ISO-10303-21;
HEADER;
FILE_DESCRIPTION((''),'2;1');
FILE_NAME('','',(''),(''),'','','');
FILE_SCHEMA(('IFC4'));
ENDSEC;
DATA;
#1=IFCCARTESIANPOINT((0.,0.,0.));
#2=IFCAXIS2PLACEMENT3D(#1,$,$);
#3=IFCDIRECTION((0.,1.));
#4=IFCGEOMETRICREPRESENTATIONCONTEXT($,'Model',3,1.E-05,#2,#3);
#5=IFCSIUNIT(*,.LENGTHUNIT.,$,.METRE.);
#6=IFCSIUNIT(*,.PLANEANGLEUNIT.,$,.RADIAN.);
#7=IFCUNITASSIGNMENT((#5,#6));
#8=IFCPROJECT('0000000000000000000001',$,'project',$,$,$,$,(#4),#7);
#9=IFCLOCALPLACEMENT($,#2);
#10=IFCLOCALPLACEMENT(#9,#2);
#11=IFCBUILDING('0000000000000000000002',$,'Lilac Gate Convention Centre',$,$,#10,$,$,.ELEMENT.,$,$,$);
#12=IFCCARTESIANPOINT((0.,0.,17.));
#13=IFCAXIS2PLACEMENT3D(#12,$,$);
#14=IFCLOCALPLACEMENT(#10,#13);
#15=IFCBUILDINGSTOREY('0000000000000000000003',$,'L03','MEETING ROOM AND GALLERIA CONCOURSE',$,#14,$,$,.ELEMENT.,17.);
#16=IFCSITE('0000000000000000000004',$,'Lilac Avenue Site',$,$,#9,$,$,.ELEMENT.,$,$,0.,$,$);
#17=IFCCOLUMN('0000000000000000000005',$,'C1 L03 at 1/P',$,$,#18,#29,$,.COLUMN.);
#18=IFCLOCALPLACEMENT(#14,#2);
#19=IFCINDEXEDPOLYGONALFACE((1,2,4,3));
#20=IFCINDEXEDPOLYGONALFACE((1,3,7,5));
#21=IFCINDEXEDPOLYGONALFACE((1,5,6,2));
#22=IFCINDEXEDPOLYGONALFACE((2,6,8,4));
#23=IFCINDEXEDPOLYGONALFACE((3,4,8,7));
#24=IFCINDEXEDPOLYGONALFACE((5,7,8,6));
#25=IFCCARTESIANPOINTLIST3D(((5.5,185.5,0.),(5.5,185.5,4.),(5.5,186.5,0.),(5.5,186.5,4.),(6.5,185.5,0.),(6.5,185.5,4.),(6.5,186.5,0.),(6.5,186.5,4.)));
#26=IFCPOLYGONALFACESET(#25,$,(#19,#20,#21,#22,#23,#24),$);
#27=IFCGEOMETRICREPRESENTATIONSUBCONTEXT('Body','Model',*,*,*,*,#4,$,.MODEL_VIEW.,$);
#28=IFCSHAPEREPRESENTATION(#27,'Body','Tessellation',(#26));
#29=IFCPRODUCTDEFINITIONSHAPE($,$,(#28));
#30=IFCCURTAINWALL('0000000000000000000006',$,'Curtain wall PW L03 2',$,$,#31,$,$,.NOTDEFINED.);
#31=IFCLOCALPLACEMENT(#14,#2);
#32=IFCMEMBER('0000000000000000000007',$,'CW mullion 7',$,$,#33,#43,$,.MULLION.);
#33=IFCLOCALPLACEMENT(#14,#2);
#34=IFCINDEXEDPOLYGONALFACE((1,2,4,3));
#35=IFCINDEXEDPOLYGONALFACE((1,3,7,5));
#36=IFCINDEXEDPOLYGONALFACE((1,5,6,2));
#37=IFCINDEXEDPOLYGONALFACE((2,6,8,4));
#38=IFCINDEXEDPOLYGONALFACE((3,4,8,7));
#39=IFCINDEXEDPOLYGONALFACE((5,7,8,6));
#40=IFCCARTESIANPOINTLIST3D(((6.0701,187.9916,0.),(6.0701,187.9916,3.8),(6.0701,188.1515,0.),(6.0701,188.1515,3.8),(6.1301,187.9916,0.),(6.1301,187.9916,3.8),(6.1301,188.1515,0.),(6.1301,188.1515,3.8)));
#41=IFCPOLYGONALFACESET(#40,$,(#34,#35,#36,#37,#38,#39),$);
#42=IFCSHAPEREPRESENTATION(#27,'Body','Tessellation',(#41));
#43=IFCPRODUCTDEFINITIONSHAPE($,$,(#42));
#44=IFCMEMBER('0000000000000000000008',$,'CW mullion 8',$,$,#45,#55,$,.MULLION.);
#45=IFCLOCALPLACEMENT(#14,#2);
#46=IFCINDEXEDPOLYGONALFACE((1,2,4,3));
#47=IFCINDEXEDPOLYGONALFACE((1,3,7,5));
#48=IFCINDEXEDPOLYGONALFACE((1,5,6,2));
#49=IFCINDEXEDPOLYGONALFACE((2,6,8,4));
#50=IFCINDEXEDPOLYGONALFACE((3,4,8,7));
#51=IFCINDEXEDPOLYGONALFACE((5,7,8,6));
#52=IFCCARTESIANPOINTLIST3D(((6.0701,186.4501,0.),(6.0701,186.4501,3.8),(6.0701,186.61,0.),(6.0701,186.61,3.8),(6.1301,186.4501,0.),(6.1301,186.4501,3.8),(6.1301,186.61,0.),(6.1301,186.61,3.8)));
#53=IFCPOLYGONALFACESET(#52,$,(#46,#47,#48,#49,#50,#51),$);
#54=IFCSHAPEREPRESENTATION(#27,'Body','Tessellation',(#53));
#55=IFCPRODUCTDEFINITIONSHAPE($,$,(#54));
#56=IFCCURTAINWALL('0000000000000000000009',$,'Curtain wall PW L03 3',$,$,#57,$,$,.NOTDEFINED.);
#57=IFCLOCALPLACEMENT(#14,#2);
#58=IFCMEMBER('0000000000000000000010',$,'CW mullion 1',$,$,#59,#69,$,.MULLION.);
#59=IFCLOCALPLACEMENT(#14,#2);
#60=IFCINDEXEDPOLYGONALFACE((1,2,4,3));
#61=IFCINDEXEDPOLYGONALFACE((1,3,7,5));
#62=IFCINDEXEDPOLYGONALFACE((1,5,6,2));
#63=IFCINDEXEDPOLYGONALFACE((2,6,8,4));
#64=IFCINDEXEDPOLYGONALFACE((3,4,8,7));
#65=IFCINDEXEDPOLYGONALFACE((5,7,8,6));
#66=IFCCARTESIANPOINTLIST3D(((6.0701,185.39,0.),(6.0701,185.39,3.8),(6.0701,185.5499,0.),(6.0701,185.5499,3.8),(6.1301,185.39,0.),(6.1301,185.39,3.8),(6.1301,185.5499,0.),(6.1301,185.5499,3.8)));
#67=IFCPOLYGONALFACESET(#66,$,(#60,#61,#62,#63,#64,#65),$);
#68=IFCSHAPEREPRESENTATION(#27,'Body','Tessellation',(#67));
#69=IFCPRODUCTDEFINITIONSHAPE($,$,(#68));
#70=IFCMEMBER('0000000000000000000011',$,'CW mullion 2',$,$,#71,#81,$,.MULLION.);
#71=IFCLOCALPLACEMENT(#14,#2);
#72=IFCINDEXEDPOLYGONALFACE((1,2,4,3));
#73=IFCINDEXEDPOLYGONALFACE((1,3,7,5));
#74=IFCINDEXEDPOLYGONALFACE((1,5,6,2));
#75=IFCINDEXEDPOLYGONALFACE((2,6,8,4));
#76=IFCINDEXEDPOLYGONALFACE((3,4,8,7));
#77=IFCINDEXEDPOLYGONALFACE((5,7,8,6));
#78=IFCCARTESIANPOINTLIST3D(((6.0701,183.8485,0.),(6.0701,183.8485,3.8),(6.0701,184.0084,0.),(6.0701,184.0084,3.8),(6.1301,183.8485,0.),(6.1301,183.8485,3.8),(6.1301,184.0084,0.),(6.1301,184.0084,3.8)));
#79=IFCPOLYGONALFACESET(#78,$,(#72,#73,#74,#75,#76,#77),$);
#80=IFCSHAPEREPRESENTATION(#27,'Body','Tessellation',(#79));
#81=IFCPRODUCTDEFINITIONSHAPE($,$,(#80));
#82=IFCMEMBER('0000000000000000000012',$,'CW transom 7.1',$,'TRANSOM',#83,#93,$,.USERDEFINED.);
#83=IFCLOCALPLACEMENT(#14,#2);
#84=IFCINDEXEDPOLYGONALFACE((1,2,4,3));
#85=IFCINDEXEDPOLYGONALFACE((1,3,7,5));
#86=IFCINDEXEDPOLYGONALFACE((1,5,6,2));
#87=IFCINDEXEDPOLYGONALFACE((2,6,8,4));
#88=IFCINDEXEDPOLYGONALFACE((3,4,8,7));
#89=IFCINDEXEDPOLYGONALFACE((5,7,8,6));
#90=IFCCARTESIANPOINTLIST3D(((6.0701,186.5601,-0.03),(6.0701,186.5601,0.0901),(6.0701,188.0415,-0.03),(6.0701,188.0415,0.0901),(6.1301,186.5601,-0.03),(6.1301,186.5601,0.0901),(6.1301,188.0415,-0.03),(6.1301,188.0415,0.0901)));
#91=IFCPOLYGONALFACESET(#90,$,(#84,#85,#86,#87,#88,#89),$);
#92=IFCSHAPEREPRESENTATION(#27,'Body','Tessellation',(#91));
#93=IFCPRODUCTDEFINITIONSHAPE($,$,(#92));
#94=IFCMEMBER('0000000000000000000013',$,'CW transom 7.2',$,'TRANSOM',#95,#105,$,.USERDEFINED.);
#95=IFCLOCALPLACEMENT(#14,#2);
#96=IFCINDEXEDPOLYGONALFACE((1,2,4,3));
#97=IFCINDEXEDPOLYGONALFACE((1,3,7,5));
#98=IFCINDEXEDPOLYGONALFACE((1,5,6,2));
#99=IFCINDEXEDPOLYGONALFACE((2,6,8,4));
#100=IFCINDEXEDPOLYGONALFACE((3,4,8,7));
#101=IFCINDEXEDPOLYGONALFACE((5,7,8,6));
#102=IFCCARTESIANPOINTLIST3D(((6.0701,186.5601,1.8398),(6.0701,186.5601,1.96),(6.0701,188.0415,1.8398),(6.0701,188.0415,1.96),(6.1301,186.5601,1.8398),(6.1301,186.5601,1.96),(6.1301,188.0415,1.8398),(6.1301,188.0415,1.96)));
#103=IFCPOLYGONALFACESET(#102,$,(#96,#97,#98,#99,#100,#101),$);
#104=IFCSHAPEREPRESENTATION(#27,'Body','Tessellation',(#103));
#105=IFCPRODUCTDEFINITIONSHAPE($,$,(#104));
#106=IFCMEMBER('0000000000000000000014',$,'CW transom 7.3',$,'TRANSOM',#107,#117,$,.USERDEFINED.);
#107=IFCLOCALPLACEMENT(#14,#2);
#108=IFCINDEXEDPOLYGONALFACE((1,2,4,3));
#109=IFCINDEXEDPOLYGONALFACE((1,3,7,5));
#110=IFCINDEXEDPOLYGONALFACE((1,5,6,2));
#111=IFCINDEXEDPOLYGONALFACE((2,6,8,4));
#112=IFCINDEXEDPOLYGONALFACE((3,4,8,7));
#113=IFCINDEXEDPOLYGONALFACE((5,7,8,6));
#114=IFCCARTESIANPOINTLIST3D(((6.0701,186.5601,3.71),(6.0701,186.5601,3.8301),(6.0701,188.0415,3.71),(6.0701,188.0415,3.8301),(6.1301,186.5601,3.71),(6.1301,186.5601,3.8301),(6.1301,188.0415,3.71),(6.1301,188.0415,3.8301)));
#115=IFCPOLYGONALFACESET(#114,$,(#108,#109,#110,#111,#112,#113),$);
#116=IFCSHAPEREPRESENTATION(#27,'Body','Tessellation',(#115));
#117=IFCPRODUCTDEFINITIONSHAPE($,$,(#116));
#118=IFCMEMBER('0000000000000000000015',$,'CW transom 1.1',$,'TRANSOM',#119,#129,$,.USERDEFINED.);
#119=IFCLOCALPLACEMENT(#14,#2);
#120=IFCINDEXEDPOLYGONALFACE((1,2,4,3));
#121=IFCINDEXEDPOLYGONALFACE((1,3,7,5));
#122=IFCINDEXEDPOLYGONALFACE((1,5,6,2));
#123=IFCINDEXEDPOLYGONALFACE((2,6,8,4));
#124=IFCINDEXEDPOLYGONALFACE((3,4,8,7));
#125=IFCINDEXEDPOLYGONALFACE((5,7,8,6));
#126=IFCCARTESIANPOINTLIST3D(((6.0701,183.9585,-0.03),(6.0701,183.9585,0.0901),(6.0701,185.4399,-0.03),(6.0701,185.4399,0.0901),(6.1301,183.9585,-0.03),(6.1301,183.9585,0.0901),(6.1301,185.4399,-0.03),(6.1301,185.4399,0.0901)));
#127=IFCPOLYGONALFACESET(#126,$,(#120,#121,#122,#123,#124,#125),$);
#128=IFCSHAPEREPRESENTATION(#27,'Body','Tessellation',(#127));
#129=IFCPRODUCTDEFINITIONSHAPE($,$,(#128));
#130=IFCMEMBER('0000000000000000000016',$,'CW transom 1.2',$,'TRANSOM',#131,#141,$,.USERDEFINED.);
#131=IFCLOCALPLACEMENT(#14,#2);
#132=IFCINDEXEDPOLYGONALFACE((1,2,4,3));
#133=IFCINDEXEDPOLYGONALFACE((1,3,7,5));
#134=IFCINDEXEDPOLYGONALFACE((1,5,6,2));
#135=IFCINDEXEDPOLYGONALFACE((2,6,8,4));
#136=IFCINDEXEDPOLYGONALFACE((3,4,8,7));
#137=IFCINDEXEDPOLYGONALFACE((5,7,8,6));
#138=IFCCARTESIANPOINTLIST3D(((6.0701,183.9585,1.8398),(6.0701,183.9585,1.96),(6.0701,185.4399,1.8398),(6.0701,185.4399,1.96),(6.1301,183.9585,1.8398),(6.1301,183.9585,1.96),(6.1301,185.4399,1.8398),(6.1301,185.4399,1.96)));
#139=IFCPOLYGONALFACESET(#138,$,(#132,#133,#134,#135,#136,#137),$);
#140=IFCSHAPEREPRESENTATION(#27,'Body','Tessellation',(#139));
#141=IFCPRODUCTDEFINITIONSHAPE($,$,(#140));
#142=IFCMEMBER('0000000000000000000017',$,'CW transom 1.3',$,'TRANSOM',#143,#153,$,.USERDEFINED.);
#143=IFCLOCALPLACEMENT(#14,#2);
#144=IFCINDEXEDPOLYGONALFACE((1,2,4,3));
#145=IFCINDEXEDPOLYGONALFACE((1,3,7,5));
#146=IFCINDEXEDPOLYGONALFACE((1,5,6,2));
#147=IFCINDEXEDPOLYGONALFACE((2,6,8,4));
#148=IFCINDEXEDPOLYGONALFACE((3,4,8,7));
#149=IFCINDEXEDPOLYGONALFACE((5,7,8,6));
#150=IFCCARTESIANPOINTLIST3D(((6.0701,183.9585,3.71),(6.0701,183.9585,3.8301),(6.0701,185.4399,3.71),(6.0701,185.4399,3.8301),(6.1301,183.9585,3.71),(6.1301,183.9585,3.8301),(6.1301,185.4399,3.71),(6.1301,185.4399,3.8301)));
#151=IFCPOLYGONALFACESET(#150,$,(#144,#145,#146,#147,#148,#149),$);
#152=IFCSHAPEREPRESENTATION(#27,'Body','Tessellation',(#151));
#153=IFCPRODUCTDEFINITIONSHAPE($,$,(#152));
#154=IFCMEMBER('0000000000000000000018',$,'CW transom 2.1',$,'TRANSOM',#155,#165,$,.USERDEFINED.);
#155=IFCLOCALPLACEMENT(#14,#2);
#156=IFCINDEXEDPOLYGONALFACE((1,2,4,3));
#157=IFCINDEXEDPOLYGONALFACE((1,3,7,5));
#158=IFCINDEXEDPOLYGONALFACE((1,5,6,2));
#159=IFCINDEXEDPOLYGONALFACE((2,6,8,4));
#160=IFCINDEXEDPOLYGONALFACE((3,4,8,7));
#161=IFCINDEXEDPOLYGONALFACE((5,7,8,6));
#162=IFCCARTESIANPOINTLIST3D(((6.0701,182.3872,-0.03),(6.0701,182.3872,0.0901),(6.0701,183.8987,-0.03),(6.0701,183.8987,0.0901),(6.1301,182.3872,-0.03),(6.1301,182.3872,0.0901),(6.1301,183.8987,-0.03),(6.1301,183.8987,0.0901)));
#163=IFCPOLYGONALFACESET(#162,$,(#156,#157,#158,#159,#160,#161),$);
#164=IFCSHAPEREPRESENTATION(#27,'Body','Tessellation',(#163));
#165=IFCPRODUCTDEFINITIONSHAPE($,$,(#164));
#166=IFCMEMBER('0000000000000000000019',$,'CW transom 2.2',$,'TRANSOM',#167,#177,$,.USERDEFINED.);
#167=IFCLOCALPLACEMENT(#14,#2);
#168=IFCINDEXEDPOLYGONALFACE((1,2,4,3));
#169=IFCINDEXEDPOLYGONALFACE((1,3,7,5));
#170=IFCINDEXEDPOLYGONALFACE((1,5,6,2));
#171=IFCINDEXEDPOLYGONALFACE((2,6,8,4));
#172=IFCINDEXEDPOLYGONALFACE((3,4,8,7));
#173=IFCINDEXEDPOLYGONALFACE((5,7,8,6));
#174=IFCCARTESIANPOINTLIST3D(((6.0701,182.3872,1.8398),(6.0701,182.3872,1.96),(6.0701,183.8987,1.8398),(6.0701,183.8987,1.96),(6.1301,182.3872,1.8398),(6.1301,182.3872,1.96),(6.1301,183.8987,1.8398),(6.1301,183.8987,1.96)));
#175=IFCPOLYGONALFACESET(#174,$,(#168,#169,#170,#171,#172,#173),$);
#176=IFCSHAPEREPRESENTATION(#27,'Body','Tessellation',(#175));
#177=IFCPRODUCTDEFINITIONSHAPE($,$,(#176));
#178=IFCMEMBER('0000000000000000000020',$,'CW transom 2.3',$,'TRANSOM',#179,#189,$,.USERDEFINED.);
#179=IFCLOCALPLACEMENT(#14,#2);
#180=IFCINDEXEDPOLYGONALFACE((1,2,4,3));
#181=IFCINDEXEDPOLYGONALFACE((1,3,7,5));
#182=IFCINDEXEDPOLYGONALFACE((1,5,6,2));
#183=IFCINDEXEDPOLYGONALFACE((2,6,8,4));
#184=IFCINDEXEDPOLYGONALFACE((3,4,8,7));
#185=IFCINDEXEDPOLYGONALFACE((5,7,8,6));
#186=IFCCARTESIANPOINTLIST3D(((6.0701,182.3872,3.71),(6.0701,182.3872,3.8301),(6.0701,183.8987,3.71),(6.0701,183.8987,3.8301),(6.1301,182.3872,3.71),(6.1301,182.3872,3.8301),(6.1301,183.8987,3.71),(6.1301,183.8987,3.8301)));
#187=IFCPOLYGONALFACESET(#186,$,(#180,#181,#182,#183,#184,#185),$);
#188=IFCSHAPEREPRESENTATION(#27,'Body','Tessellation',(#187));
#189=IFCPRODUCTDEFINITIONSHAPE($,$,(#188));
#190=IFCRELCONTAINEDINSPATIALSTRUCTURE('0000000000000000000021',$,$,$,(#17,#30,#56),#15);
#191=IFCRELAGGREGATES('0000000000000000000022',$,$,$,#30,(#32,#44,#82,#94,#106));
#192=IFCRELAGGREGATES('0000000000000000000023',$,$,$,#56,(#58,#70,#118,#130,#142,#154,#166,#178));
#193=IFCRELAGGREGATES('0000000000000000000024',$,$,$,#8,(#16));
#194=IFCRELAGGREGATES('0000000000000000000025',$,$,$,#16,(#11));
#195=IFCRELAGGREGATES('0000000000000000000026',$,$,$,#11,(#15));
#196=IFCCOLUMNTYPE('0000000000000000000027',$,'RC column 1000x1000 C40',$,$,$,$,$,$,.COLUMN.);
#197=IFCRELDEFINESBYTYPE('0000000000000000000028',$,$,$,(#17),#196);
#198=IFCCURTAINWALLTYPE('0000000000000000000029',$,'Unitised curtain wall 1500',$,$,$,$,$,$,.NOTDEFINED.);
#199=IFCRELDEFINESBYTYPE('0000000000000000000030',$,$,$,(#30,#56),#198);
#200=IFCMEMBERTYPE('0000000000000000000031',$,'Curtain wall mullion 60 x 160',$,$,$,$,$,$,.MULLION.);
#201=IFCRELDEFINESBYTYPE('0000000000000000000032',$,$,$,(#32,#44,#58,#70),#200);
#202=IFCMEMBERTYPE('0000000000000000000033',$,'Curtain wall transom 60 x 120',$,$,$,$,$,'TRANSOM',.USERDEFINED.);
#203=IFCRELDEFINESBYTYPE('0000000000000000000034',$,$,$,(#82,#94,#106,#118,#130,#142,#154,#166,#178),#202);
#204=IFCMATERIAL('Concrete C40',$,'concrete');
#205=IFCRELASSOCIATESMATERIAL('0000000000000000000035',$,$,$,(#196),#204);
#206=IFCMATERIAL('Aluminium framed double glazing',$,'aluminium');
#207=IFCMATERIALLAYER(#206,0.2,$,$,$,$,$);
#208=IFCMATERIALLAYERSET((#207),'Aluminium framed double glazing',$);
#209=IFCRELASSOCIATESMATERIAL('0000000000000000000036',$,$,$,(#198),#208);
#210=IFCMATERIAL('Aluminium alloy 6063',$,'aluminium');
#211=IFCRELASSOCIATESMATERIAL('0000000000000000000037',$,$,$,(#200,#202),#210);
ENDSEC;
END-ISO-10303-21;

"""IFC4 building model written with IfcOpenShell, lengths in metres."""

from ifc_helpers import new_model, si_unit, direction, frame, origin, origin_2d, place, context, subcontext, project, spatial, rectangle, extrude, material, layer, layer_set, material_profile, profile_set, type_object, element, aggregate, save


model = new_model("IFC4")

# Units and contexts
model_context = context("Model", 3, precision=1e-05, world=origin(), true_north=direction((0.0, 1.0)))
body_context = subcontext(model_context, "Body", "Model", "MODEL_VIEW")
ifc_project = project(units=[si_unit("LENGTHUNIT", "METRE"), si_unit("PLANEANGLEUNIT", "RADIAN")], contexts=[model_context])

# Site, building, storey
site_placement = place(None, origin())
site = spatial("IfcSite", under=ifc_project, at=site_placement, Name="Lilac Avenue Site", CompositionType="ELEMENT", RefElevation=0.0)
building_placement = place(site_placement, origin())
building = spatial("IfcBuilding", under=site, at=building_placement, Name="Lilac Gate Convention Centre", CompositionType="ELEMENT")
storey_placement = place(building_placement, frame((0.0, 0.0, 17.0)))
storey = spatial("IfcBuildingStorey", under=building, at=storey_placement, Name="L03", Description="MEETING ROOM AND GALLERIA CONCOURSE", CompositionType="ELEMENT", Elevation=17.0)

# Column
ifc_material_1 = material(Name="Concrete C40", Category="concrete")
ifc_material_profile_1 = material_profile(ifc_material_1, rectangle(XDim=1.0, YDim=1.0, at=origin_2d()), Name="RC 1000x1000")
ifc_profile_set_1 = profile_set([ifc_material_profile_1], Name="Concrete C40")
column_type = type_object("IfcColumnType", Name="RC column 1000x1000 C40", PredefinedType="COLUMN", material=ifc_profile_set_1)
column_placement = place(storey_placement, frame((6.0, 186.0, 0.0), z_axis=(0.0, 0.0, 1.0), x_axis=(1.0, 0.0, 0.0)))
element("IfcColumn", 1, at=column_placement, inside=storey, type_object=column_type, Name="C1 L03 at 1/P", PredefinedType="COLUMN", context=body_context, shape_type="SweptSolid", body=[
    extrude(rectangle(XDim=1.0, YDim=1.0, at=origin_2d()), origin(), (0.0, 0.0, 1.0), 4.0),
])

# Curtain walls, members
ifc_material_2 = material(Name="Aluminium framed double glazing", Category="aluminium")
ifc_layer_1 = layer(ifc_material_2, 0.2)
ifc_layer_set_1 = layer_set([ifc_layer_1], Name="Aluminium framed double glazing")
curtain_wall_type = type_object("IfcCurtainWallType", Name="Unitised curtain wall 1500", PredefinedType="NOTDEFINED", material=ifc_layer_set_1)
curtain_wall_1_placement = place(storey_placement, origin())
curtain_wall_1 = element("IfcCurtainWall", 2, at=curtain_wall_1_placement, inside=storey, type_object=curtain_wall_type, Name="Curtain wall PW L03 2", PredefinedType="NOTDEFINED")
ifc_material_3 = material(Name="Aluminium alloy 6063", Category="aluminium")
ifc_material_profile_2 = material_profile(ifc_material_3, rectangle(XDim=0.0601, YDim=0.1599, at=origin_2d()), Name="Curtain wall mullion 60 x 160")
ifc_profile_set_2 = profile_set([ifc_material_profile_2], Name="Aluminium alloy 6063")
member_type_1 = type_object("IfcMemberType", Name="Curtain wall mullion 60 x 160", PredefinedType="MULLION", material=ifc_profile_set_2)
member_1_placement = place(storey_placement, frame((6.1001, 188.0715, 0.0), z_axis=(0.0, 0.0, 1.0), x_axis=(1.0, 0.0, 0.0)))
member_1 = element("IfcMember", 3, at=member_1_placement, type_object=member_type_1, Name="CW mullion 7", PredefinedType="MULLION", context=body_context, shape_type="SweptSolid", body=[
    extrude(rectangle(XDim=0.0601, YDim=0.1599, at=origin_2d()), origin(), (0.0, 0.0, 1.0), 3.8),
])
member_2_placement = place(storey_placement, frame((6.1001, 186.53, 0.0), z_axis=(0.0, 0.0, 1.0), x_axis=(1.0, 0.0, 0.0)))
member_2 = element("IfcMember", 4, at=member_2_placement, type_object=member_type_1, Name="CW mullion 8", PredefinedType="MULLION", context=body_context, shape_type="SweptSolid", body=[
    extrude(rectangle(XDim=0.0601, YDim=0.1599, at=origin_2d()), origin(), (0.0, 0.0, 1.0), 3.8),
])
curtain_wall_2_placement = place(storey_placement, origin())
curtain_wall_2 = element("IfcCurtainWall", 5, at=curtain_wall_2_placement, inside=storey, type_object=curtain_wall_type, Name="Curtain wall PW L03 3", PredefinedType="NOTDEFINED")
member_3_placement = place(storey_placement, frame((6.1001, 185.47, 0.0), z_axis=(0.0, 0.0, 1.0), x_axis=(1.0, 0.0, 0.0)))
member_3 = element("IfcMember", 6, at=member_3_placement, type_object=member_type_1, Name="CW mullion 1", PredefinedType="MULLION", context=body_context, shape_type="SweptSolid", body=[
    extrude(rectangle(XDim=0.0601, YDim=0.1599, at=origin_2d()), origin(), (0.0, 0.0, 1.0), 3.8),
])
member_4_placement = place(storey_placement, frame((6.1001, 183.9285, 0.0), z_axis=(0.0, 0.0, 1.0), x_axis=(1.0, 0.0, 0.0)))
member_4 = element("IfcMember", 7, at=member_4_placement, type_object=member_type_1, Name="CW mullion 2", PredefinedType="MULLION", context=body_context, shape_type="SweptSolid", body=[
    extrude(rectangle(XDim=0.0601, YDim=0.1599, at=origin_2d()), origin(), (0.0, 0.0, 1.0), 3.8),
])

# Members
ifc_material_profile_3 = material_profile(ifc_material_3, rectangle(XDim=0.0601, YDim=0.1201, at=origin_2d()), Name="Curtain wall transom 60 x 120")
ifc_profile_set_3 = profile_set([ifc_material_profile_3], Name="Aluminium alloy 6063")
member_type_2 = type_object("IfcMemberType", Name="Curtain wall transom 60 x 120", ElementType="TRANSOM", PredefinedType="USERDEFINED", material=ifc_profile_set_3)
member_5_placement = place(storey_placement, frame((6.1001, 188.0415, 0.03), z_axis=(0.0, -1.0, 0.0), x_axis=(1.0, 0.0, 0.0)))
member_5 = element("IfcMember", 8, at=member_5_placement, type_object=member_type_2, Name="CW transom 7.1", ObjectType="TRANSOM", PredefinedType="USERDEFINED", context=body_context, shape_type="SweptSolid", body=[
    extrude(rectangle(XDim=0.0601, YDim=0.1201, at=origin_2d()), origin(), (0.0, 0.0, 1.0), 1.4814),
])
member_6_placement = place(storey_placement, frame((6.1001, 188.0415, 1.8999), z_axis=(0.0, -1.0, 0.0), x_axis=(1.0, 0.0, 0.0)))
member_6 = element("IfcMember", 9, at=member_6_placement, type_object=member_type_2, Name="CW transom 7.2", ObjectType="TRANSOM", PredefinedType="USERDEFINED", context=body_context, shape_type="SweptSolid", body=[
    extrude(rectangle(XDim=0.0601, YDim=0.1201, at=origin_2d()), origin(), (0.0, 0.0, 1.0), 1.4814),
])
member_7_placement = place(storey_placement, frame((6.1001, 188.0415, 3.77), z_axis=(0.0, -1.0, 0.0), x_axis=(1.0, 0.0, 0.0)))
member_7 = element("IfcMember", 10, at=member_7_placement, type_object=member_type_2, Name="CW transom 7.3", ObjectType="TRANSOM", PredefinedType="USERDEFINED", context=body_context, shape_type="SweptSolid", body=[
    extrude(rectangle(XDim=0.0601, YDim=0.1201, at=origin_2d()), origin(), (0.0, 0.0, 1.0), 1.4814),
])
member_8_placement = place(storey_placement, frame((6.1001, 185.4399, 0.03), z_axis=(0.0, -1.0, 0.0), x_axis=(1.0, 0.0, 0.0)))
member_8 = element("IfcMember", 11, at=member_8_placement, type_object=member_type_2, Name="CW transom 1.1", ObjectType="TRANSOM", PredefinedType="USERDEFINED", context=body_context, shape_type="SweptSolid", body=[
    extrude(rectangle(XDim=0.0601, YDim=0.1201, at=origin_2d()), origin(), (0.0, 0.0, 1.0), 1.4814),
])
member_9_placement = place(storey_placement, frame((6.1001, 185.4399, 1.8999), z_axis=(0.0, -1.0, 0.0), x_axis=(1.0, 0.0, 0.0)))
member_9 = element("IfcMember", 12, at=member_9_placement, type_object=member_type_2, Name="CW transom 1.2", ObjectType="TRANSOM", PredefinedType="USERDEFINED", context=body_context, shape_type="SweptSolid", body=[
    extrude(rectangle(XDim=0.0601, YDim=0.1201, at=origin_2d()), origin(), (0.0, 0.0, 1.0), 1.4814),
])
member_10_placement = place(storey_placement, frame((6.1001, 185.4399, 3.77), z_axis=(0.0, -1.0, 0.0), x_axis=(1.0, 0.0, 0.0)))
member_10 = element("IfcMember", 13, at=member_10_placement, type_object=member_type_2, Name="CW transom 1.3", ObjectType="TRANSOM", PredefinedType="USERDEFINED", context=body_context, shape_type="SweptSolid", body=[
    extrude(rectangle(XDim=0.0601, YDim=0.1201, at=origin_2d()), origin(), (0.0, 0.0, 1.0), 1.4814),
])
member_11_placement = place(storey_placement, frame((6.1001, 183.8987, 0.03), z_axis=(0.0, -1.0, 0.0), x_axis=(1.0, 0.0, 0.0)))
member_11 = element("IfcMember", 14, at=member_11_placement, type_object=member_type_2, Name="CW transom 2.1", ObjectType="TRANSOM", PredefinedType="USERDEFINED", context=body_context, shape_type="SweptSolid", body=[
    extrude(rectangle(XDim=0.0601, YDim=0.1201, at=origin_2d()), origin(), (0.0, 0.0, 1.0), 1.5115),
])
member_12_placement = place(storey_placement, frame((6.1001, 183.8987, 1.8999), z_axis=(0.0, -1.0, 0.0), x_axis=(1.0, 0.0, 0.0)))
member_12 = element("IfcMember", 15, at=member_12_placement, type_object=member_type_2, Name="CW transom 2.2", ObjectType="TRANSOM", PredefinedType="USERDEFINED", context=body_context, shape_type="SweptSolid", body=[
    extrude(rectangle(XDim=0.0601, YDim=0.1201, at=origin_2d()), origin(), (0.0, 0.0, 1.0), 1.5115),
])
member_13_placement = place(storey_placement, frame((6.1001, 183.8987, 3.77), z_axis=(0.0, -1.0, 0.0), x_axis=(1.0, 0.0, 0.0)))
member_13 = element("IfcMember", 16, at=member_13_placement, type_object=member_type_2, Name="CW transom 2.3", ObjectType="TRANSOM", PredefinedType="USERDEFINED", context=body_context, shape_type="SweptSolid", body=[
    extrude(rectangle(XDim=0.0601, YDim=0.1201, at=origin_2d()), origin(), (0.0, 0.0, 1.0), 1.5115),
])

aggregate(curtain_wall_1, [member_1, member_2, member_5, member_6, member_7])
aggregate(curtain_wall_2, [member_3, member_4, member_8, member_9, member_10, member_11, member_12, member_13])

save(model, "model.ifc")
